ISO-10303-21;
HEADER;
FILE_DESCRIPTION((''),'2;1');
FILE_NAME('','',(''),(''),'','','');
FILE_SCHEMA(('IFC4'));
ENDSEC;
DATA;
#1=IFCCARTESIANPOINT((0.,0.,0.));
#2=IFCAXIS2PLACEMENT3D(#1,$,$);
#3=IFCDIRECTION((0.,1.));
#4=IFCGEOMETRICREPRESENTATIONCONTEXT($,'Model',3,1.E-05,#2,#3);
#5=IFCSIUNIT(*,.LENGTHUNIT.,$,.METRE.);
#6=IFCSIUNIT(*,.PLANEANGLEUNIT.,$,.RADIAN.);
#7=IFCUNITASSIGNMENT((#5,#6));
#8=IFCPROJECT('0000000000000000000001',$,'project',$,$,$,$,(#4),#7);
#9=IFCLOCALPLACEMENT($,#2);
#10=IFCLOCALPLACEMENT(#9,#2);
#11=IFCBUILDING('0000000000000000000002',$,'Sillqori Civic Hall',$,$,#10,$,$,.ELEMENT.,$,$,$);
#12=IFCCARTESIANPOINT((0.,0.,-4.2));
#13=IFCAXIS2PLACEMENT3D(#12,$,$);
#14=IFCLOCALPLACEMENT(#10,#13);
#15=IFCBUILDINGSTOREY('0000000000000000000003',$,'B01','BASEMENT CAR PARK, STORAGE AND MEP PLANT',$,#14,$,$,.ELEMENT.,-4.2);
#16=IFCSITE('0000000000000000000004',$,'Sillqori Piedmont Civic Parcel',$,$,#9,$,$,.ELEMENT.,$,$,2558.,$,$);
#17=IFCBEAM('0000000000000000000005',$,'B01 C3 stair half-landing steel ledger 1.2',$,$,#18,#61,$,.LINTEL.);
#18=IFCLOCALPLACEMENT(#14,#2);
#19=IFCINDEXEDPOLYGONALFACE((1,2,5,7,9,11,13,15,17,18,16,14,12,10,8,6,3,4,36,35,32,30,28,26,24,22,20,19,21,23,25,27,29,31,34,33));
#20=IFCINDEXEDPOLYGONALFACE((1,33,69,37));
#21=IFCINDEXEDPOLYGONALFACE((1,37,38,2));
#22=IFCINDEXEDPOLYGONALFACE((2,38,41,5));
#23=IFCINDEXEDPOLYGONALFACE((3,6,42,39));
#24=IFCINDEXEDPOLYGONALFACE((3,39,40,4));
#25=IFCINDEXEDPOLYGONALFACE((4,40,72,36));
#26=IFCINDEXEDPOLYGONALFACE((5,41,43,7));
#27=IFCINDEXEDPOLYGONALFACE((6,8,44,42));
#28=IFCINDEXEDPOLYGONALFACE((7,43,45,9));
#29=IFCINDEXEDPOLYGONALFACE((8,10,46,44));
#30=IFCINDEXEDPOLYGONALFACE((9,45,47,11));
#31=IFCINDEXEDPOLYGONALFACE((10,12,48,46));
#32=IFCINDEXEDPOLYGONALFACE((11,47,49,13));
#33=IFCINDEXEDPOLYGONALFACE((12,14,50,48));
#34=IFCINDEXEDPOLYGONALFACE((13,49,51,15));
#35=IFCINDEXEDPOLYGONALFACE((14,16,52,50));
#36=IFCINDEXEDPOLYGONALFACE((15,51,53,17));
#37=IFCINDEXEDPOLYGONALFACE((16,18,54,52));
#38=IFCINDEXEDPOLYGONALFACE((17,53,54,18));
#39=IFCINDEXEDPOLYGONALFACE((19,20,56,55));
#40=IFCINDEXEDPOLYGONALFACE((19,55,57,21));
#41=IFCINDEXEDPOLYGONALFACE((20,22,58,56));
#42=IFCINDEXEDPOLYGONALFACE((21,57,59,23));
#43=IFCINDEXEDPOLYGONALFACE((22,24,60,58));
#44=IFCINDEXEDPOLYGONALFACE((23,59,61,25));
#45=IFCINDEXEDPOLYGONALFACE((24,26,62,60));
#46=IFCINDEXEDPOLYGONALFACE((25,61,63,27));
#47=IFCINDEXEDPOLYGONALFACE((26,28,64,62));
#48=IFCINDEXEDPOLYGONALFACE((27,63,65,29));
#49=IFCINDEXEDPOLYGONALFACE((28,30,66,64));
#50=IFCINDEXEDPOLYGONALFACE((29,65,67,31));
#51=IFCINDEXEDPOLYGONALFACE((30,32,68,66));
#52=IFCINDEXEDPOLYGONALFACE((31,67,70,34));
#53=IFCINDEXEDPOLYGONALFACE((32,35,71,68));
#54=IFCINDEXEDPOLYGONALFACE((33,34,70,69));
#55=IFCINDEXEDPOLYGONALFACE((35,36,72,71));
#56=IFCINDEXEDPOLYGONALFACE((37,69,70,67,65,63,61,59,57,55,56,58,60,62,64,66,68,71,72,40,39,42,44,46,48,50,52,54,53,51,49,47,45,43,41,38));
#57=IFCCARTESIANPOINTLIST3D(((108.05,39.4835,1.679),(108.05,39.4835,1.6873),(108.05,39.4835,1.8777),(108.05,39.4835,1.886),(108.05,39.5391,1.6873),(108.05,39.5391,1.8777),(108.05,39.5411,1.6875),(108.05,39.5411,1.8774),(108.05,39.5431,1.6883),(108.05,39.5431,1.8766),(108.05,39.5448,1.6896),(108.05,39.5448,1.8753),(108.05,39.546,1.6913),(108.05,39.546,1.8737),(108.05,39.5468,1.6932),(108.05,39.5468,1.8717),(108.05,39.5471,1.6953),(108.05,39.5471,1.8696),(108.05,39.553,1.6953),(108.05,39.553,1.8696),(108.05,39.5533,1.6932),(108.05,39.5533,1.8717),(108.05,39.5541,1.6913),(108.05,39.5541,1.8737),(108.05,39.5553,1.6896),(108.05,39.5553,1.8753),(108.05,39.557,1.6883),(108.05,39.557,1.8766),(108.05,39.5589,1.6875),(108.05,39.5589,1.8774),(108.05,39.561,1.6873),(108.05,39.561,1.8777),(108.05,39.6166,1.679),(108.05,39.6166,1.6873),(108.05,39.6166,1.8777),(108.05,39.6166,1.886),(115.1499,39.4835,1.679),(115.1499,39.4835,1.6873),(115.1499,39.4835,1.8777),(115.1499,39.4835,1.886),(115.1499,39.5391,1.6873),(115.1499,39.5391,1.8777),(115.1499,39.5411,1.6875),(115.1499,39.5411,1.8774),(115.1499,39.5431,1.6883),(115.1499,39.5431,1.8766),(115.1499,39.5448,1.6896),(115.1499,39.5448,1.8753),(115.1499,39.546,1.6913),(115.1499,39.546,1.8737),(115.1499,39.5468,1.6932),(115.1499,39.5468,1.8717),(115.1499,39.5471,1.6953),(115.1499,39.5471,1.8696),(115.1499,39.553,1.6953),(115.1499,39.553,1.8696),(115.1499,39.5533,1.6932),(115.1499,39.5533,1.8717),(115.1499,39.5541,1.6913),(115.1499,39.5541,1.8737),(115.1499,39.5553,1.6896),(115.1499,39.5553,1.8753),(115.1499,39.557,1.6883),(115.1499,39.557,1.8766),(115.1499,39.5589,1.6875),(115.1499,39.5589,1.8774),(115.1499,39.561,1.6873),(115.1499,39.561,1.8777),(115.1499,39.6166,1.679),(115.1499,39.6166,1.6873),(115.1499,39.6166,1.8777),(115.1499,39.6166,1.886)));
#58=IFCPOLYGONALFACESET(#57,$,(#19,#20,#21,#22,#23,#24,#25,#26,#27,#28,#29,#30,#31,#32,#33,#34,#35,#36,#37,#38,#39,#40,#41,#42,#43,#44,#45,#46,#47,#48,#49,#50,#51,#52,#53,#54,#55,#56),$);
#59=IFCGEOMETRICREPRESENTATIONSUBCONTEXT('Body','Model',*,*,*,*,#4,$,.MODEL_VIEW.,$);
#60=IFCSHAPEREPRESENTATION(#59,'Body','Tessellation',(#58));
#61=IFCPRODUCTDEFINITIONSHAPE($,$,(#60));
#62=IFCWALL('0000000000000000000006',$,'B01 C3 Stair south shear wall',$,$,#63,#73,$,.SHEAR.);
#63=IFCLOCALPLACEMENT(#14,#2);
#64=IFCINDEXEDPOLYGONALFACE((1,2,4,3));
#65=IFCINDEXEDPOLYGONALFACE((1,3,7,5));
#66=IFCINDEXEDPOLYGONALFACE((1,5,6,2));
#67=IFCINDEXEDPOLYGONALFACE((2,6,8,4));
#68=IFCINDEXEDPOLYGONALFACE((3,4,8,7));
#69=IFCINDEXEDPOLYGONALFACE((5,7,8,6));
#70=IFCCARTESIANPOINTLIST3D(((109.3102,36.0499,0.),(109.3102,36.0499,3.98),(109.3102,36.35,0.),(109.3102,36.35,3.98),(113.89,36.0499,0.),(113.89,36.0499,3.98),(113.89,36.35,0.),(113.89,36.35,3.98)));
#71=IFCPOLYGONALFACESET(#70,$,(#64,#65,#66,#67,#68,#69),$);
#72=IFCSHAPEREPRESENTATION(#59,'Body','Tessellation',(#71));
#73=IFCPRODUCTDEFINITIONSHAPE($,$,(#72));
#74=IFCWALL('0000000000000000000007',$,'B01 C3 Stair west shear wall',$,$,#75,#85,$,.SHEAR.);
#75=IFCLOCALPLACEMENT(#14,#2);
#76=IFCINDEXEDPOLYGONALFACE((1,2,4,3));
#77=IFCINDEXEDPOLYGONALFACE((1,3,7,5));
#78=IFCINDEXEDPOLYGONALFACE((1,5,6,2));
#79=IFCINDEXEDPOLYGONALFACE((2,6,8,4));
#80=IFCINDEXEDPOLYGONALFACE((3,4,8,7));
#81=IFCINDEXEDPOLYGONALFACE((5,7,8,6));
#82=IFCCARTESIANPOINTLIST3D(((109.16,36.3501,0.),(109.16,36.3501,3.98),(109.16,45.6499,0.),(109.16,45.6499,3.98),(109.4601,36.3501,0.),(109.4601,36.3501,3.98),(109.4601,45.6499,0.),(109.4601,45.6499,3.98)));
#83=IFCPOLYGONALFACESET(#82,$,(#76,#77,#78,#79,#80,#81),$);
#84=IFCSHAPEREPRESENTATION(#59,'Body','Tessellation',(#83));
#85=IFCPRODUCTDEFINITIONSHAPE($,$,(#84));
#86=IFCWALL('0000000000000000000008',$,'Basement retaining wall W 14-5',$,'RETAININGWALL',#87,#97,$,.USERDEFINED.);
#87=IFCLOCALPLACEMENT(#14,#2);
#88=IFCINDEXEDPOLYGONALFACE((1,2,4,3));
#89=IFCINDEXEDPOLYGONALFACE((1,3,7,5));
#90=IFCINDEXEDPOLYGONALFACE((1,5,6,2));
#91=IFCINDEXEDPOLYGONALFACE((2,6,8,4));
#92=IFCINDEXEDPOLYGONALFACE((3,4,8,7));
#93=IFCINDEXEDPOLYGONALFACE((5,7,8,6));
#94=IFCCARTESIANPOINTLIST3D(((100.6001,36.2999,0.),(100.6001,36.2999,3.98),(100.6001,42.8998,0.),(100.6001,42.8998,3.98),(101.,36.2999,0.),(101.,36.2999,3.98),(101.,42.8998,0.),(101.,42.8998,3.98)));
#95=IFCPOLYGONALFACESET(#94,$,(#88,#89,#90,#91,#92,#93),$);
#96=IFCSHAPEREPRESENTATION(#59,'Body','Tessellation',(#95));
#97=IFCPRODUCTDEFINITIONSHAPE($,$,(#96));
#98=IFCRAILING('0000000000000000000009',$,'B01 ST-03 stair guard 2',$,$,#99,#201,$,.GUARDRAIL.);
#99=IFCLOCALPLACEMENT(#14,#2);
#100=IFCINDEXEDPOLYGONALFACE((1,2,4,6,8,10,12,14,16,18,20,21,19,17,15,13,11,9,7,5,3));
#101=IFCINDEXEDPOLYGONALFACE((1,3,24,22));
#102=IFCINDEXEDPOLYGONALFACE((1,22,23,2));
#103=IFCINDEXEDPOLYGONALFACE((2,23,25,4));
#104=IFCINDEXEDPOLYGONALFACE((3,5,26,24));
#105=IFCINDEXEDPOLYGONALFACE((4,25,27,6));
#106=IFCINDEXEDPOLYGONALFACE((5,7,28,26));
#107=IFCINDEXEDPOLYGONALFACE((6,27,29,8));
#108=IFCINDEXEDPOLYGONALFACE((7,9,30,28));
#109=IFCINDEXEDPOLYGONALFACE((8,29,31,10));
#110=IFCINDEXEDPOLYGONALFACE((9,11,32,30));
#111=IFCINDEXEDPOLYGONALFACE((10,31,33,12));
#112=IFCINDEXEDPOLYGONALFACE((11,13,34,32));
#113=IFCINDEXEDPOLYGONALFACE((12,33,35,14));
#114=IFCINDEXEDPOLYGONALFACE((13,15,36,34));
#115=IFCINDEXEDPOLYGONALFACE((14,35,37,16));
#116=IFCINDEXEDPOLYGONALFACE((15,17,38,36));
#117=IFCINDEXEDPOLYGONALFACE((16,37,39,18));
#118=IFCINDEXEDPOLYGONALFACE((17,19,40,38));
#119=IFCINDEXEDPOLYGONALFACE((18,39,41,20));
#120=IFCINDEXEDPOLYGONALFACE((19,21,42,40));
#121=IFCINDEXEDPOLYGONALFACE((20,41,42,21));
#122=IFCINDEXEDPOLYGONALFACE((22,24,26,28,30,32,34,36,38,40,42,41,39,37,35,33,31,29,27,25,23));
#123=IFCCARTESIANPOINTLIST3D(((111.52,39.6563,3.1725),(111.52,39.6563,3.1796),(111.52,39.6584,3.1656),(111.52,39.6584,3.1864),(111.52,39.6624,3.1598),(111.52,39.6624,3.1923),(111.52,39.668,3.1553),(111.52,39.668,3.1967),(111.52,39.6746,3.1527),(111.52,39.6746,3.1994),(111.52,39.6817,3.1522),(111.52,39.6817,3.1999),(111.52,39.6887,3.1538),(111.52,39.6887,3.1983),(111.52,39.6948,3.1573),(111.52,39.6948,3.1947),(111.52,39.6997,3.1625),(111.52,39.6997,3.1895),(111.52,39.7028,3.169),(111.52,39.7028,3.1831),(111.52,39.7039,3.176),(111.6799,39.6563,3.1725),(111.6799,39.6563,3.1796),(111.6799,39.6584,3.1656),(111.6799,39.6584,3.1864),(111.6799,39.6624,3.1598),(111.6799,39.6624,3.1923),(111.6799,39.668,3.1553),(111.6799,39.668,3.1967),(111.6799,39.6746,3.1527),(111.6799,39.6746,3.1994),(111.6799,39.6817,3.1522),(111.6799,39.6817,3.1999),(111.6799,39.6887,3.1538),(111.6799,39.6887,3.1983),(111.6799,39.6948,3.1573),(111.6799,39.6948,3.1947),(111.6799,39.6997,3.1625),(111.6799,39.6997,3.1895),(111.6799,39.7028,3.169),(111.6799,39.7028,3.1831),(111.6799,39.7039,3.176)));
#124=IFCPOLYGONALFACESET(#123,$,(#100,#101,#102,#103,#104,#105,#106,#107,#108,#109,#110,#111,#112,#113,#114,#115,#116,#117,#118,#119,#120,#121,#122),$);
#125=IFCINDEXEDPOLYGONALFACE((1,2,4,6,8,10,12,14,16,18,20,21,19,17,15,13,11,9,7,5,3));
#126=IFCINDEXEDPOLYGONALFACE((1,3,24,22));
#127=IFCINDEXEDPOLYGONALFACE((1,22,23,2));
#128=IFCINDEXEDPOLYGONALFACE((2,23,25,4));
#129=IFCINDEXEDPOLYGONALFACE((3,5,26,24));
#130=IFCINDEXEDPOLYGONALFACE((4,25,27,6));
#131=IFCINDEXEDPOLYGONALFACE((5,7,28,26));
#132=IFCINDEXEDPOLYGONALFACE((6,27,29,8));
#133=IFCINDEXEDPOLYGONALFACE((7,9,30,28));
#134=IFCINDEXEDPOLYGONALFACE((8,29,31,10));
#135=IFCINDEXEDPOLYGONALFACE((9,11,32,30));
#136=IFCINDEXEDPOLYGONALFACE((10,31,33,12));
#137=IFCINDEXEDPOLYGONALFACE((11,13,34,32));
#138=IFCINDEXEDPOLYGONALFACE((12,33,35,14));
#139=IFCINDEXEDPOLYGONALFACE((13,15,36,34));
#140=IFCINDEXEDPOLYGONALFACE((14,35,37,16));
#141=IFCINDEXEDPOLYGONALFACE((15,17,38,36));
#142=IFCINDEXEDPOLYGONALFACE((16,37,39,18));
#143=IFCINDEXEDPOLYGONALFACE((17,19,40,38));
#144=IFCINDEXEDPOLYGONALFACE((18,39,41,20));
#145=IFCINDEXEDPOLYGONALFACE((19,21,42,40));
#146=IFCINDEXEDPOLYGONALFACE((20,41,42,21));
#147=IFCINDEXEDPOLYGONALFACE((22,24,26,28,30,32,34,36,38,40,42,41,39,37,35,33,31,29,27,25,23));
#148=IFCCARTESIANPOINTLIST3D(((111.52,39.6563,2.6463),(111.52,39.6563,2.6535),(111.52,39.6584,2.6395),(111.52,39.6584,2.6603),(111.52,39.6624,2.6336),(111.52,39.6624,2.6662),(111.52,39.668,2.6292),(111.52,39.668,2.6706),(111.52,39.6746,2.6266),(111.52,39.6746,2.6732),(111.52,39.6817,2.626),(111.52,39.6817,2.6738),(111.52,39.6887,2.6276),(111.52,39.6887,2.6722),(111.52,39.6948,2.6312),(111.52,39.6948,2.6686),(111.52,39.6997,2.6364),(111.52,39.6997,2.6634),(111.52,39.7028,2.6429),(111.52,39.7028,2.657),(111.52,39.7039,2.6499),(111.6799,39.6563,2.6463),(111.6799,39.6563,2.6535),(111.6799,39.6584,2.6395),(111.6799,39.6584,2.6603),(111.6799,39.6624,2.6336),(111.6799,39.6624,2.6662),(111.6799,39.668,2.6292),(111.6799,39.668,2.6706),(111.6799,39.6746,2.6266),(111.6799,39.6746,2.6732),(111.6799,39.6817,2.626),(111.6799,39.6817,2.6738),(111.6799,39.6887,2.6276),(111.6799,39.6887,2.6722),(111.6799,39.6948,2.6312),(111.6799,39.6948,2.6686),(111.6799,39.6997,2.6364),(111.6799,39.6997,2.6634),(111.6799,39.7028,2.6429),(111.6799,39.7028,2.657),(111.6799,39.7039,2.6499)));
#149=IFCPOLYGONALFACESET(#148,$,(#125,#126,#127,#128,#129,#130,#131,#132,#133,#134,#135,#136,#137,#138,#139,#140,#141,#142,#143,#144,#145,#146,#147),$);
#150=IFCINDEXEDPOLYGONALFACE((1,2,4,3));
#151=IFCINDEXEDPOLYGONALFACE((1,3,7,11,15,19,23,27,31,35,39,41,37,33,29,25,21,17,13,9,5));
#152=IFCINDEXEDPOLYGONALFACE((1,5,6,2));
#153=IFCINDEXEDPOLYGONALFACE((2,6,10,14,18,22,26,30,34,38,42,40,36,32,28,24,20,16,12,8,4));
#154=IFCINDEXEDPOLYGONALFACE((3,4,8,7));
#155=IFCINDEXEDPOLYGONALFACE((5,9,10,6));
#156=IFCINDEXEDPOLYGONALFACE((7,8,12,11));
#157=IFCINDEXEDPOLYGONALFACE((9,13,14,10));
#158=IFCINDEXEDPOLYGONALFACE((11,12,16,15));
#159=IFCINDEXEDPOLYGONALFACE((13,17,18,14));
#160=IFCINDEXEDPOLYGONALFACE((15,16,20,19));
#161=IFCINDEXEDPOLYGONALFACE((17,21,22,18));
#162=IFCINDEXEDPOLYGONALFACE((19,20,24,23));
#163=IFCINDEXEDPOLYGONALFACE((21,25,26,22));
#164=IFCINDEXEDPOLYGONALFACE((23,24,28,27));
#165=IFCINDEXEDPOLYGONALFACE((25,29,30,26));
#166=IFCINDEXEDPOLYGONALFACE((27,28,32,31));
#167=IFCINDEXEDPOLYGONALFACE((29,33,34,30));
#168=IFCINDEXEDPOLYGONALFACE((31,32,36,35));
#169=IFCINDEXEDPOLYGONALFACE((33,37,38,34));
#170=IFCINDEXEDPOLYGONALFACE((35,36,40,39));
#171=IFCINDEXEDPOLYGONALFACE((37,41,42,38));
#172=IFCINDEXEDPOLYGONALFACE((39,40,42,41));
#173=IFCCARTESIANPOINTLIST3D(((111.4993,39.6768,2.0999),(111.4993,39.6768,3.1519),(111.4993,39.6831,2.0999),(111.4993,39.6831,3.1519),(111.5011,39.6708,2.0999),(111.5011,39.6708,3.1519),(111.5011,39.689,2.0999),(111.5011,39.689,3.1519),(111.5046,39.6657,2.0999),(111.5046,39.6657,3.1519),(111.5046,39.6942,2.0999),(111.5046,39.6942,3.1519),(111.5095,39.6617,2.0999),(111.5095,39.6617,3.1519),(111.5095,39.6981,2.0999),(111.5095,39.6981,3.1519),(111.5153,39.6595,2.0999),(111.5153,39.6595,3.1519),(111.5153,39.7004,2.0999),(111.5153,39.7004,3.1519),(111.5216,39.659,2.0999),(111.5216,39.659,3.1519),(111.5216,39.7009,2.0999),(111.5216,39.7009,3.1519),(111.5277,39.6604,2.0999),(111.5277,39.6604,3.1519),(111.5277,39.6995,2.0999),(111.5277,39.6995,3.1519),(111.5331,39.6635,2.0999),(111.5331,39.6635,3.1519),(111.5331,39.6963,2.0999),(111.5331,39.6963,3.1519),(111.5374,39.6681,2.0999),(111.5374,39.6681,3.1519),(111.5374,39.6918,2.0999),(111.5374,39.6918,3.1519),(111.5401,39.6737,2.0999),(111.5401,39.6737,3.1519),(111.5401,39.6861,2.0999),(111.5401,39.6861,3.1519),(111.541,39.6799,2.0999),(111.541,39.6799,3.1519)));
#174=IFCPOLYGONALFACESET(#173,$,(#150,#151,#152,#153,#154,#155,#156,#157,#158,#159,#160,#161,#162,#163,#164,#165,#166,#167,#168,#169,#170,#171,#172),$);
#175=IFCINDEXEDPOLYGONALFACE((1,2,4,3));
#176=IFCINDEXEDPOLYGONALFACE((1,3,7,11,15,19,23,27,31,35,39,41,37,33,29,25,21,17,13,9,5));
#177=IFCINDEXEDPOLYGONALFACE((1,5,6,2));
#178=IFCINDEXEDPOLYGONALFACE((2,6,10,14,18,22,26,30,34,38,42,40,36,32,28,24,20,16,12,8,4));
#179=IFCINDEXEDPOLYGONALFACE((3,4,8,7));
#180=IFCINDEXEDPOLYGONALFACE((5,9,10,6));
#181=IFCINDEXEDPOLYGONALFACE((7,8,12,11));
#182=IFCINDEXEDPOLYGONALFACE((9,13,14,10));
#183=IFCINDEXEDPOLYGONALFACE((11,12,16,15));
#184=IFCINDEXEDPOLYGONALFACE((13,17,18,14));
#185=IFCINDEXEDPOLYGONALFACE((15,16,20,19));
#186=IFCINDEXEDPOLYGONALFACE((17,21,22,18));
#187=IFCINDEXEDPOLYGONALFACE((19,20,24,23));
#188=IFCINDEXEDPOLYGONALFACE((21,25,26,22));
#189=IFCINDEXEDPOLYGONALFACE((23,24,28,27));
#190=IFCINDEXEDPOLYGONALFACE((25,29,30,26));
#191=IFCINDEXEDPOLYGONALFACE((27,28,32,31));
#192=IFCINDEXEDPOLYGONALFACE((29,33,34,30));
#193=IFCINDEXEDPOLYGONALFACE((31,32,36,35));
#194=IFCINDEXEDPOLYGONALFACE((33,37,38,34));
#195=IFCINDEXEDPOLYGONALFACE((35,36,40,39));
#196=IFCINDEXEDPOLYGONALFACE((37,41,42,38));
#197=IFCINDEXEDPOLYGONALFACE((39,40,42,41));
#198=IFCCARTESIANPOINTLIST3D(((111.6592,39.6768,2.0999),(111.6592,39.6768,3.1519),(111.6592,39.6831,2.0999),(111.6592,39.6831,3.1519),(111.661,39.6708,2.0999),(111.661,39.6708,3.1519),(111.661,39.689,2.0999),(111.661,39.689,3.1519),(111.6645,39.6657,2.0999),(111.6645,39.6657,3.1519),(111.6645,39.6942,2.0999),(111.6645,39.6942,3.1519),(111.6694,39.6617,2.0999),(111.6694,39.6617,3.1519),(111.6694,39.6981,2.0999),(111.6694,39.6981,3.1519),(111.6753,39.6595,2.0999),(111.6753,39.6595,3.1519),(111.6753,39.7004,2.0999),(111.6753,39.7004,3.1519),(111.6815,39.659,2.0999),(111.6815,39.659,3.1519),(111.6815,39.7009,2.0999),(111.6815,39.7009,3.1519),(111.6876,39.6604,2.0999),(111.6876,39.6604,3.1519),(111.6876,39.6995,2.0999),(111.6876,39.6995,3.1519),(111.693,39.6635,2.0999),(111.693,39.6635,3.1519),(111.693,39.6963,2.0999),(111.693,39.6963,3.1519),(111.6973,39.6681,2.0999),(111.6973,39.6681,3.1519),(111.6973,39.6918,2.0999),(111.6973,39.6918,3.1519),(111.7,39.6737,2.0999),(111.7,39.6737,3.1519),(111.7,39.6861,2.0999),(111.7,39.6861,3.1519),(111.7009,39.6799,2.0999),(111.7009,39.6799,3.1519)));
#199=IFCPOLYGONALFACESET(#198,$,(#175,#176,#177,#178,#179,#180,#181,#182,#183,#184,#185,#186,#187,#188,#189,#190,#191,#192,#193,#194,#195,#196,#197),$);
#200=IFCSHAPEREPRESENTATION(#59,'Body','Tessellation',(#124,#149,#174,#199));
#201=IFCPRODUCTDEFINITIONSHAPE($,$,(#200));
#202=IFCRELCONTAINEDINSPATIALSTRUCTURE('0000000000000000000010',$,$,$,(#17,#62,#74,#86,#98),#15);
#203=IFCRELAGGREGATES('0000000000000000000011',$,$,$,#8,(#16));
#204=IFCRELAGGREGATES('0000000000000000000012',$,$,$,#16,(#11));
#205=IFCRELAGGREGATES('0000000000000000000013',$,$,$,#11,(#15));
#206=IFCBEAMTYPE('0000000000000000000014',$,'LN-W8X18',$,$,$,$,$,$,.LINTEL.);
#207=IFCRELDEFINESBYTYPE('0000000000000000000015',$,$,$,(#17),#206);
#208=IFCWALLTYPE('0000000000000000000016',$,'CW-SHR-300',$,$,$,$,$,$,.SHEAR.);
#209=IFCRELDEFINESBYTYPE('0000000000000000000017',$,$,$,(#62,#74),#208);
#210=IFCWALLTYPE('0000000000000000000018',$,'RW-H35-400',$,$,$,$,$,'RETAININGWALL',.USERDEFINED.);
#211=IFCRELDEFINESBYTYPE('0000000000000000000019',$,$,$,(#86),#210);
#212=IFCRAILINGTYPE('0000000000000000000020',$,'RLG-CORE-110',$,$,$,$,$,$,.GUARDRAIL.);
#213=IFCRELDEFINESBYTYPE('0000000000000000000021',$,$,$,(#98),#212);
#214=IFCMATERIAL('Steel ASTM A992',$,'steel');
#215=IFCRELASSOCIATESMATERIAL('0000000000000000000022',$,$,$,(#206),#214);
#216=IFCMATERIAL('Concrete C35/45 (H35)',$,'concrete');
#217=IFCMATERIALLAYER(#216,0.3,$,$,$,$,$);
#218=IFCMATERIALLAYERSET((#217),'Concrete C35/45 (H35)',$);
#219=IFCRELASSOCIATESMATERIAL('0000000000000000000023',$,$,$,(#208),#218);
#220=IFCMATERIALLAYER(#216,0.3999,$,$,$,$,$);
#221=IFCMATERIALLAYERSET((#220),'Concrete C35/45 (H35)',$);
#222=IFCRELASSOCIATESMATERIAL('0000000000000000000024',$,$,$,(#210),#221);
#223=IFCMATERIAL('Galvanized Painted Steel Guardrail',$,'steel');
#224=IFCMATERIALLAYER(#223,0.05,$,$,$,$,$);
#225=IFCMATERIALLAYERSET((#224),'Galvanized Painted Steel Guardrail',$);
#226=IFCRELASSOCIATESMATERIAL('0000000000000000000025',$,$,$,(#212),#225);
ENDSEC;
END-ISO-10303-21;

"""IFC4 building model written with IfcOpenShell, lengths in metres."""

from ifc_helpers import new_model, si_unit, direction, frame, frame_2d, origin, origin_2d, place, context, subcontext, project, spatial, rectangle, circle, i_section, extrude, material, layer, layer_set, material_profile, profile_set, type_object, element, save


model = new_model("IFC4")

# Units and contexts
model_context = context("Model", 3, precision=1e-05, world=origin(), true_north=direction((0.0, 1.0)))
body_context = subcontext(model_context, "Body", "Model", "MODEL_VIEW")
ifc_project = project(units=[si_unit("LENGTHUNIT", "METRE"), si_unit("PLANEANGLEUNIT", "RADIAN")], contexts=[model_context])

# Site, building, storey
site_placement = place(None, origin())
site = spatial("IfcSite", under=ifc_project, at=site_placement, Name="Sillqori Piedmont Civic Parcel", CompositionType="ELEMENT", RefElevation=2558.0)
building_placement = place(site_placement, origin())
building = spatial("IfcBuilding", under=site, at=building_placement, Name="Sillqori Civic Hall", CompositionType="ELEMENT")
storey_placement = place(building_placement, frame((0.0, 0.0, -4.2)))
storey = spatial("IfcBuildingStorey", under=building, at=storey_placement, Name="B01", Description="BASEMENT CAR PARK, STORAGE AND MEP PLANT", CompositionType="ELEMENT", Elevation=-4.2)

# Shared definitions
ifc_material_1 = material(Name="Concrete C35/45 (H35)", Category="concrete")

# Beam
ifc_material_2 = material(Name="Steel ASTM A992", Category="steel")
ifc_material_profile_1 = material_profile(ifc_material_2, i_section(OverallWidth=0.1331, OverallDepth=0.207, WebThickness=0.0059, FlangeThickness=0.0083, FilletRadius=0.0081, at=origin_2d()), Name="W8X18")
ifc_profile_set_1 = profile_set([ifc_material_profile_1], Name="Steel ASTM A992")
beam_type_1 = type_object("IfcBeamType", Name="LN-W8X18", PredefinedType="LINTEL", material=ifc_profile_set_1)
for number, where, z_axis, x_axis, name in (
    (1, (108.05, 39.55, 1.7825), (1.0, 0.0, 0.0), (0.0, 1.0, 0.0), "B01 C3 stair half-landing steel ledger 1.2"),
):
    element("IfcBeam", number, at=place(storey_placement, frame(where, z_axis=z_axis, x_axis=x_axis)), inside=storey, type_object=beam_type_1, Name=name, PredefinedType="LINTEL", context=body_context, shape_type="SweptSolid", body=[
        extrude(i_section(OverallWidth=0.1331, OverallDepth=0.207, WebThickness=0.0059, FlangeThickness=0.0083, FilletRadius=0.0081, at=origin_2d()), origin(), (0.0, 0.0, 1.0), 7.0999),
    ])

# Walls
ifc_layer_1 = layer(ifc_material_1, 0.3)
ifc_layer_set_1 = layer_set([ifc_layer_1], Name="Concrete C35/45 (H35)")
wall_type_1 = type_object("IfcWallType", Name="CW-SHR-300", PredefinedType="SHEAR", material=ifc_layer_set_1)
wall_1_placement = place(storey_placement, frame((109.3101, 36.2, 0.0), z_axis=(0.0, 0.0, 1.0), x_axis=(1.0, 0.0, 0.0)))
element("IfcWall", 2, at=wall_1_placement, inside=storey, type_object=wall_type_1, Name="B01 C3 Stair south shear wall", PredefinedType="SHEAR", context=body_context, shape_type="SweptSolid", body=[
    extrude(rectangle(XDim=4.5798, YDim=0.3, at=frame_2d((2.29, 0.0))), origin(), (0.0, 0.0, 1.0), 3.98),
])
wall_2_placement = place(storey_placement, frame((109.3101, 36.3501, 0.0), z_axis=(0.0, 0.0, 1.0), x_axis=(0.0, 1.0, 0.0)))
element("IfcWall", 3, at=wall_2_placement, inside=storey, type_object=wall_type_1, Name="B01 C3 Stair west shear wall", PredefinedType="SHEAR", context=body_context, shape_type="SweptSolid", body=[
    extrude(rectangle(XDim=9.2998, YDim=0.3, at=frame_2d((4.6499, 0.0))), origin(), (0.0, 0.0, 1.0), 3.98),
])
ifc_layer_2 = layer(ifc_material_1, 0.3999)
ifc_layer_set_2 = layer_set([ifc_layer_2], Name="Concrete C35/45 (H35)")
wall_type_2 = type_object("IfcWallType", Name="RW-H35-400", ElementType="RETAININGWALL", PredefinedType="USERDEFINED", material=ifc_layer_set_2)
wall_3_placement = place(storey_placement, frame((100.8, 36.3, 0.0), z_axis=(0.0, 0.0, 1.0), x_axis=(0.0, 1.0, 0.0)))
element("IfcWall", 4, at=wall_3_placement, inside=storey, type_object=wall_type_2, Name="Basement retaining wall W 14-5", ObjectType="RETAININGWALL", PredefinedType="USERDEFINED", context=body_context, shape_type="SweptSolid", body=[
    extrude(rectangle(XDim=6.5999, YDim=0.3999, at=frame_2d((3.2998, 0.0))), origin(), (0.0, 0.0, 1.0), 3.98),
])

# Railing
ifc_material_3 = material(Name="Galvanized Painted Steel Guardrail", Category="steel")
ifc_layer_3 = layer(ifc_material_3, 0.05)
ifc_layer_set_3 = layer_set([ifc_layer_3], Name="Galvanized Painted Steel Guardrail")
railing_type = type_object("IfcRailingType", Name="RLG-CORE-110", PredefinedType="GUARDRAIL", material=ifc_layer_set_3)
railing_placement = place(storey_placement, frame((111.52, 39.6799, 2.0999)))
element("IfcRailing", 5, at=railing_placement, inside=storey, type_object=railing_type, Name="B01 ST-03 stair guard 2", PredefinedType="GUARDRAIL", context=body_context, shape_type="SweptSolid", body=[
    extrude(circle(Radius=0.0239, at=origin_2d()), frame((0.0, 0.0, 1.0762), z_axis=(1.0, 0.0, 0.0), x_axis=(0.0, 1.0, 0.0)), (0.0, 0.0, 1.0), 0.1599),
    extrude(circle(Radius=0.0239, at=origin_2d()), frame((0.0, 0.0, 0.55), z_axis=(1.0, 0.0, 0.0), x_axis=(0.0, 1.0, 0.0)), (0.0, 0.0, 1.0), 0.1599),
    extrude(circle(Radius=0.021, at=origin_2d()), origin(), (0.0, 0.0, 1.0), 1.052),
    extrude(circle(Radius=0.021, at=origin_2d()), frame((0.1599, 0.0, 0.0)), (0.0, 0.0, 1.0), 1.052),
])

save(model, "model.ifc")
